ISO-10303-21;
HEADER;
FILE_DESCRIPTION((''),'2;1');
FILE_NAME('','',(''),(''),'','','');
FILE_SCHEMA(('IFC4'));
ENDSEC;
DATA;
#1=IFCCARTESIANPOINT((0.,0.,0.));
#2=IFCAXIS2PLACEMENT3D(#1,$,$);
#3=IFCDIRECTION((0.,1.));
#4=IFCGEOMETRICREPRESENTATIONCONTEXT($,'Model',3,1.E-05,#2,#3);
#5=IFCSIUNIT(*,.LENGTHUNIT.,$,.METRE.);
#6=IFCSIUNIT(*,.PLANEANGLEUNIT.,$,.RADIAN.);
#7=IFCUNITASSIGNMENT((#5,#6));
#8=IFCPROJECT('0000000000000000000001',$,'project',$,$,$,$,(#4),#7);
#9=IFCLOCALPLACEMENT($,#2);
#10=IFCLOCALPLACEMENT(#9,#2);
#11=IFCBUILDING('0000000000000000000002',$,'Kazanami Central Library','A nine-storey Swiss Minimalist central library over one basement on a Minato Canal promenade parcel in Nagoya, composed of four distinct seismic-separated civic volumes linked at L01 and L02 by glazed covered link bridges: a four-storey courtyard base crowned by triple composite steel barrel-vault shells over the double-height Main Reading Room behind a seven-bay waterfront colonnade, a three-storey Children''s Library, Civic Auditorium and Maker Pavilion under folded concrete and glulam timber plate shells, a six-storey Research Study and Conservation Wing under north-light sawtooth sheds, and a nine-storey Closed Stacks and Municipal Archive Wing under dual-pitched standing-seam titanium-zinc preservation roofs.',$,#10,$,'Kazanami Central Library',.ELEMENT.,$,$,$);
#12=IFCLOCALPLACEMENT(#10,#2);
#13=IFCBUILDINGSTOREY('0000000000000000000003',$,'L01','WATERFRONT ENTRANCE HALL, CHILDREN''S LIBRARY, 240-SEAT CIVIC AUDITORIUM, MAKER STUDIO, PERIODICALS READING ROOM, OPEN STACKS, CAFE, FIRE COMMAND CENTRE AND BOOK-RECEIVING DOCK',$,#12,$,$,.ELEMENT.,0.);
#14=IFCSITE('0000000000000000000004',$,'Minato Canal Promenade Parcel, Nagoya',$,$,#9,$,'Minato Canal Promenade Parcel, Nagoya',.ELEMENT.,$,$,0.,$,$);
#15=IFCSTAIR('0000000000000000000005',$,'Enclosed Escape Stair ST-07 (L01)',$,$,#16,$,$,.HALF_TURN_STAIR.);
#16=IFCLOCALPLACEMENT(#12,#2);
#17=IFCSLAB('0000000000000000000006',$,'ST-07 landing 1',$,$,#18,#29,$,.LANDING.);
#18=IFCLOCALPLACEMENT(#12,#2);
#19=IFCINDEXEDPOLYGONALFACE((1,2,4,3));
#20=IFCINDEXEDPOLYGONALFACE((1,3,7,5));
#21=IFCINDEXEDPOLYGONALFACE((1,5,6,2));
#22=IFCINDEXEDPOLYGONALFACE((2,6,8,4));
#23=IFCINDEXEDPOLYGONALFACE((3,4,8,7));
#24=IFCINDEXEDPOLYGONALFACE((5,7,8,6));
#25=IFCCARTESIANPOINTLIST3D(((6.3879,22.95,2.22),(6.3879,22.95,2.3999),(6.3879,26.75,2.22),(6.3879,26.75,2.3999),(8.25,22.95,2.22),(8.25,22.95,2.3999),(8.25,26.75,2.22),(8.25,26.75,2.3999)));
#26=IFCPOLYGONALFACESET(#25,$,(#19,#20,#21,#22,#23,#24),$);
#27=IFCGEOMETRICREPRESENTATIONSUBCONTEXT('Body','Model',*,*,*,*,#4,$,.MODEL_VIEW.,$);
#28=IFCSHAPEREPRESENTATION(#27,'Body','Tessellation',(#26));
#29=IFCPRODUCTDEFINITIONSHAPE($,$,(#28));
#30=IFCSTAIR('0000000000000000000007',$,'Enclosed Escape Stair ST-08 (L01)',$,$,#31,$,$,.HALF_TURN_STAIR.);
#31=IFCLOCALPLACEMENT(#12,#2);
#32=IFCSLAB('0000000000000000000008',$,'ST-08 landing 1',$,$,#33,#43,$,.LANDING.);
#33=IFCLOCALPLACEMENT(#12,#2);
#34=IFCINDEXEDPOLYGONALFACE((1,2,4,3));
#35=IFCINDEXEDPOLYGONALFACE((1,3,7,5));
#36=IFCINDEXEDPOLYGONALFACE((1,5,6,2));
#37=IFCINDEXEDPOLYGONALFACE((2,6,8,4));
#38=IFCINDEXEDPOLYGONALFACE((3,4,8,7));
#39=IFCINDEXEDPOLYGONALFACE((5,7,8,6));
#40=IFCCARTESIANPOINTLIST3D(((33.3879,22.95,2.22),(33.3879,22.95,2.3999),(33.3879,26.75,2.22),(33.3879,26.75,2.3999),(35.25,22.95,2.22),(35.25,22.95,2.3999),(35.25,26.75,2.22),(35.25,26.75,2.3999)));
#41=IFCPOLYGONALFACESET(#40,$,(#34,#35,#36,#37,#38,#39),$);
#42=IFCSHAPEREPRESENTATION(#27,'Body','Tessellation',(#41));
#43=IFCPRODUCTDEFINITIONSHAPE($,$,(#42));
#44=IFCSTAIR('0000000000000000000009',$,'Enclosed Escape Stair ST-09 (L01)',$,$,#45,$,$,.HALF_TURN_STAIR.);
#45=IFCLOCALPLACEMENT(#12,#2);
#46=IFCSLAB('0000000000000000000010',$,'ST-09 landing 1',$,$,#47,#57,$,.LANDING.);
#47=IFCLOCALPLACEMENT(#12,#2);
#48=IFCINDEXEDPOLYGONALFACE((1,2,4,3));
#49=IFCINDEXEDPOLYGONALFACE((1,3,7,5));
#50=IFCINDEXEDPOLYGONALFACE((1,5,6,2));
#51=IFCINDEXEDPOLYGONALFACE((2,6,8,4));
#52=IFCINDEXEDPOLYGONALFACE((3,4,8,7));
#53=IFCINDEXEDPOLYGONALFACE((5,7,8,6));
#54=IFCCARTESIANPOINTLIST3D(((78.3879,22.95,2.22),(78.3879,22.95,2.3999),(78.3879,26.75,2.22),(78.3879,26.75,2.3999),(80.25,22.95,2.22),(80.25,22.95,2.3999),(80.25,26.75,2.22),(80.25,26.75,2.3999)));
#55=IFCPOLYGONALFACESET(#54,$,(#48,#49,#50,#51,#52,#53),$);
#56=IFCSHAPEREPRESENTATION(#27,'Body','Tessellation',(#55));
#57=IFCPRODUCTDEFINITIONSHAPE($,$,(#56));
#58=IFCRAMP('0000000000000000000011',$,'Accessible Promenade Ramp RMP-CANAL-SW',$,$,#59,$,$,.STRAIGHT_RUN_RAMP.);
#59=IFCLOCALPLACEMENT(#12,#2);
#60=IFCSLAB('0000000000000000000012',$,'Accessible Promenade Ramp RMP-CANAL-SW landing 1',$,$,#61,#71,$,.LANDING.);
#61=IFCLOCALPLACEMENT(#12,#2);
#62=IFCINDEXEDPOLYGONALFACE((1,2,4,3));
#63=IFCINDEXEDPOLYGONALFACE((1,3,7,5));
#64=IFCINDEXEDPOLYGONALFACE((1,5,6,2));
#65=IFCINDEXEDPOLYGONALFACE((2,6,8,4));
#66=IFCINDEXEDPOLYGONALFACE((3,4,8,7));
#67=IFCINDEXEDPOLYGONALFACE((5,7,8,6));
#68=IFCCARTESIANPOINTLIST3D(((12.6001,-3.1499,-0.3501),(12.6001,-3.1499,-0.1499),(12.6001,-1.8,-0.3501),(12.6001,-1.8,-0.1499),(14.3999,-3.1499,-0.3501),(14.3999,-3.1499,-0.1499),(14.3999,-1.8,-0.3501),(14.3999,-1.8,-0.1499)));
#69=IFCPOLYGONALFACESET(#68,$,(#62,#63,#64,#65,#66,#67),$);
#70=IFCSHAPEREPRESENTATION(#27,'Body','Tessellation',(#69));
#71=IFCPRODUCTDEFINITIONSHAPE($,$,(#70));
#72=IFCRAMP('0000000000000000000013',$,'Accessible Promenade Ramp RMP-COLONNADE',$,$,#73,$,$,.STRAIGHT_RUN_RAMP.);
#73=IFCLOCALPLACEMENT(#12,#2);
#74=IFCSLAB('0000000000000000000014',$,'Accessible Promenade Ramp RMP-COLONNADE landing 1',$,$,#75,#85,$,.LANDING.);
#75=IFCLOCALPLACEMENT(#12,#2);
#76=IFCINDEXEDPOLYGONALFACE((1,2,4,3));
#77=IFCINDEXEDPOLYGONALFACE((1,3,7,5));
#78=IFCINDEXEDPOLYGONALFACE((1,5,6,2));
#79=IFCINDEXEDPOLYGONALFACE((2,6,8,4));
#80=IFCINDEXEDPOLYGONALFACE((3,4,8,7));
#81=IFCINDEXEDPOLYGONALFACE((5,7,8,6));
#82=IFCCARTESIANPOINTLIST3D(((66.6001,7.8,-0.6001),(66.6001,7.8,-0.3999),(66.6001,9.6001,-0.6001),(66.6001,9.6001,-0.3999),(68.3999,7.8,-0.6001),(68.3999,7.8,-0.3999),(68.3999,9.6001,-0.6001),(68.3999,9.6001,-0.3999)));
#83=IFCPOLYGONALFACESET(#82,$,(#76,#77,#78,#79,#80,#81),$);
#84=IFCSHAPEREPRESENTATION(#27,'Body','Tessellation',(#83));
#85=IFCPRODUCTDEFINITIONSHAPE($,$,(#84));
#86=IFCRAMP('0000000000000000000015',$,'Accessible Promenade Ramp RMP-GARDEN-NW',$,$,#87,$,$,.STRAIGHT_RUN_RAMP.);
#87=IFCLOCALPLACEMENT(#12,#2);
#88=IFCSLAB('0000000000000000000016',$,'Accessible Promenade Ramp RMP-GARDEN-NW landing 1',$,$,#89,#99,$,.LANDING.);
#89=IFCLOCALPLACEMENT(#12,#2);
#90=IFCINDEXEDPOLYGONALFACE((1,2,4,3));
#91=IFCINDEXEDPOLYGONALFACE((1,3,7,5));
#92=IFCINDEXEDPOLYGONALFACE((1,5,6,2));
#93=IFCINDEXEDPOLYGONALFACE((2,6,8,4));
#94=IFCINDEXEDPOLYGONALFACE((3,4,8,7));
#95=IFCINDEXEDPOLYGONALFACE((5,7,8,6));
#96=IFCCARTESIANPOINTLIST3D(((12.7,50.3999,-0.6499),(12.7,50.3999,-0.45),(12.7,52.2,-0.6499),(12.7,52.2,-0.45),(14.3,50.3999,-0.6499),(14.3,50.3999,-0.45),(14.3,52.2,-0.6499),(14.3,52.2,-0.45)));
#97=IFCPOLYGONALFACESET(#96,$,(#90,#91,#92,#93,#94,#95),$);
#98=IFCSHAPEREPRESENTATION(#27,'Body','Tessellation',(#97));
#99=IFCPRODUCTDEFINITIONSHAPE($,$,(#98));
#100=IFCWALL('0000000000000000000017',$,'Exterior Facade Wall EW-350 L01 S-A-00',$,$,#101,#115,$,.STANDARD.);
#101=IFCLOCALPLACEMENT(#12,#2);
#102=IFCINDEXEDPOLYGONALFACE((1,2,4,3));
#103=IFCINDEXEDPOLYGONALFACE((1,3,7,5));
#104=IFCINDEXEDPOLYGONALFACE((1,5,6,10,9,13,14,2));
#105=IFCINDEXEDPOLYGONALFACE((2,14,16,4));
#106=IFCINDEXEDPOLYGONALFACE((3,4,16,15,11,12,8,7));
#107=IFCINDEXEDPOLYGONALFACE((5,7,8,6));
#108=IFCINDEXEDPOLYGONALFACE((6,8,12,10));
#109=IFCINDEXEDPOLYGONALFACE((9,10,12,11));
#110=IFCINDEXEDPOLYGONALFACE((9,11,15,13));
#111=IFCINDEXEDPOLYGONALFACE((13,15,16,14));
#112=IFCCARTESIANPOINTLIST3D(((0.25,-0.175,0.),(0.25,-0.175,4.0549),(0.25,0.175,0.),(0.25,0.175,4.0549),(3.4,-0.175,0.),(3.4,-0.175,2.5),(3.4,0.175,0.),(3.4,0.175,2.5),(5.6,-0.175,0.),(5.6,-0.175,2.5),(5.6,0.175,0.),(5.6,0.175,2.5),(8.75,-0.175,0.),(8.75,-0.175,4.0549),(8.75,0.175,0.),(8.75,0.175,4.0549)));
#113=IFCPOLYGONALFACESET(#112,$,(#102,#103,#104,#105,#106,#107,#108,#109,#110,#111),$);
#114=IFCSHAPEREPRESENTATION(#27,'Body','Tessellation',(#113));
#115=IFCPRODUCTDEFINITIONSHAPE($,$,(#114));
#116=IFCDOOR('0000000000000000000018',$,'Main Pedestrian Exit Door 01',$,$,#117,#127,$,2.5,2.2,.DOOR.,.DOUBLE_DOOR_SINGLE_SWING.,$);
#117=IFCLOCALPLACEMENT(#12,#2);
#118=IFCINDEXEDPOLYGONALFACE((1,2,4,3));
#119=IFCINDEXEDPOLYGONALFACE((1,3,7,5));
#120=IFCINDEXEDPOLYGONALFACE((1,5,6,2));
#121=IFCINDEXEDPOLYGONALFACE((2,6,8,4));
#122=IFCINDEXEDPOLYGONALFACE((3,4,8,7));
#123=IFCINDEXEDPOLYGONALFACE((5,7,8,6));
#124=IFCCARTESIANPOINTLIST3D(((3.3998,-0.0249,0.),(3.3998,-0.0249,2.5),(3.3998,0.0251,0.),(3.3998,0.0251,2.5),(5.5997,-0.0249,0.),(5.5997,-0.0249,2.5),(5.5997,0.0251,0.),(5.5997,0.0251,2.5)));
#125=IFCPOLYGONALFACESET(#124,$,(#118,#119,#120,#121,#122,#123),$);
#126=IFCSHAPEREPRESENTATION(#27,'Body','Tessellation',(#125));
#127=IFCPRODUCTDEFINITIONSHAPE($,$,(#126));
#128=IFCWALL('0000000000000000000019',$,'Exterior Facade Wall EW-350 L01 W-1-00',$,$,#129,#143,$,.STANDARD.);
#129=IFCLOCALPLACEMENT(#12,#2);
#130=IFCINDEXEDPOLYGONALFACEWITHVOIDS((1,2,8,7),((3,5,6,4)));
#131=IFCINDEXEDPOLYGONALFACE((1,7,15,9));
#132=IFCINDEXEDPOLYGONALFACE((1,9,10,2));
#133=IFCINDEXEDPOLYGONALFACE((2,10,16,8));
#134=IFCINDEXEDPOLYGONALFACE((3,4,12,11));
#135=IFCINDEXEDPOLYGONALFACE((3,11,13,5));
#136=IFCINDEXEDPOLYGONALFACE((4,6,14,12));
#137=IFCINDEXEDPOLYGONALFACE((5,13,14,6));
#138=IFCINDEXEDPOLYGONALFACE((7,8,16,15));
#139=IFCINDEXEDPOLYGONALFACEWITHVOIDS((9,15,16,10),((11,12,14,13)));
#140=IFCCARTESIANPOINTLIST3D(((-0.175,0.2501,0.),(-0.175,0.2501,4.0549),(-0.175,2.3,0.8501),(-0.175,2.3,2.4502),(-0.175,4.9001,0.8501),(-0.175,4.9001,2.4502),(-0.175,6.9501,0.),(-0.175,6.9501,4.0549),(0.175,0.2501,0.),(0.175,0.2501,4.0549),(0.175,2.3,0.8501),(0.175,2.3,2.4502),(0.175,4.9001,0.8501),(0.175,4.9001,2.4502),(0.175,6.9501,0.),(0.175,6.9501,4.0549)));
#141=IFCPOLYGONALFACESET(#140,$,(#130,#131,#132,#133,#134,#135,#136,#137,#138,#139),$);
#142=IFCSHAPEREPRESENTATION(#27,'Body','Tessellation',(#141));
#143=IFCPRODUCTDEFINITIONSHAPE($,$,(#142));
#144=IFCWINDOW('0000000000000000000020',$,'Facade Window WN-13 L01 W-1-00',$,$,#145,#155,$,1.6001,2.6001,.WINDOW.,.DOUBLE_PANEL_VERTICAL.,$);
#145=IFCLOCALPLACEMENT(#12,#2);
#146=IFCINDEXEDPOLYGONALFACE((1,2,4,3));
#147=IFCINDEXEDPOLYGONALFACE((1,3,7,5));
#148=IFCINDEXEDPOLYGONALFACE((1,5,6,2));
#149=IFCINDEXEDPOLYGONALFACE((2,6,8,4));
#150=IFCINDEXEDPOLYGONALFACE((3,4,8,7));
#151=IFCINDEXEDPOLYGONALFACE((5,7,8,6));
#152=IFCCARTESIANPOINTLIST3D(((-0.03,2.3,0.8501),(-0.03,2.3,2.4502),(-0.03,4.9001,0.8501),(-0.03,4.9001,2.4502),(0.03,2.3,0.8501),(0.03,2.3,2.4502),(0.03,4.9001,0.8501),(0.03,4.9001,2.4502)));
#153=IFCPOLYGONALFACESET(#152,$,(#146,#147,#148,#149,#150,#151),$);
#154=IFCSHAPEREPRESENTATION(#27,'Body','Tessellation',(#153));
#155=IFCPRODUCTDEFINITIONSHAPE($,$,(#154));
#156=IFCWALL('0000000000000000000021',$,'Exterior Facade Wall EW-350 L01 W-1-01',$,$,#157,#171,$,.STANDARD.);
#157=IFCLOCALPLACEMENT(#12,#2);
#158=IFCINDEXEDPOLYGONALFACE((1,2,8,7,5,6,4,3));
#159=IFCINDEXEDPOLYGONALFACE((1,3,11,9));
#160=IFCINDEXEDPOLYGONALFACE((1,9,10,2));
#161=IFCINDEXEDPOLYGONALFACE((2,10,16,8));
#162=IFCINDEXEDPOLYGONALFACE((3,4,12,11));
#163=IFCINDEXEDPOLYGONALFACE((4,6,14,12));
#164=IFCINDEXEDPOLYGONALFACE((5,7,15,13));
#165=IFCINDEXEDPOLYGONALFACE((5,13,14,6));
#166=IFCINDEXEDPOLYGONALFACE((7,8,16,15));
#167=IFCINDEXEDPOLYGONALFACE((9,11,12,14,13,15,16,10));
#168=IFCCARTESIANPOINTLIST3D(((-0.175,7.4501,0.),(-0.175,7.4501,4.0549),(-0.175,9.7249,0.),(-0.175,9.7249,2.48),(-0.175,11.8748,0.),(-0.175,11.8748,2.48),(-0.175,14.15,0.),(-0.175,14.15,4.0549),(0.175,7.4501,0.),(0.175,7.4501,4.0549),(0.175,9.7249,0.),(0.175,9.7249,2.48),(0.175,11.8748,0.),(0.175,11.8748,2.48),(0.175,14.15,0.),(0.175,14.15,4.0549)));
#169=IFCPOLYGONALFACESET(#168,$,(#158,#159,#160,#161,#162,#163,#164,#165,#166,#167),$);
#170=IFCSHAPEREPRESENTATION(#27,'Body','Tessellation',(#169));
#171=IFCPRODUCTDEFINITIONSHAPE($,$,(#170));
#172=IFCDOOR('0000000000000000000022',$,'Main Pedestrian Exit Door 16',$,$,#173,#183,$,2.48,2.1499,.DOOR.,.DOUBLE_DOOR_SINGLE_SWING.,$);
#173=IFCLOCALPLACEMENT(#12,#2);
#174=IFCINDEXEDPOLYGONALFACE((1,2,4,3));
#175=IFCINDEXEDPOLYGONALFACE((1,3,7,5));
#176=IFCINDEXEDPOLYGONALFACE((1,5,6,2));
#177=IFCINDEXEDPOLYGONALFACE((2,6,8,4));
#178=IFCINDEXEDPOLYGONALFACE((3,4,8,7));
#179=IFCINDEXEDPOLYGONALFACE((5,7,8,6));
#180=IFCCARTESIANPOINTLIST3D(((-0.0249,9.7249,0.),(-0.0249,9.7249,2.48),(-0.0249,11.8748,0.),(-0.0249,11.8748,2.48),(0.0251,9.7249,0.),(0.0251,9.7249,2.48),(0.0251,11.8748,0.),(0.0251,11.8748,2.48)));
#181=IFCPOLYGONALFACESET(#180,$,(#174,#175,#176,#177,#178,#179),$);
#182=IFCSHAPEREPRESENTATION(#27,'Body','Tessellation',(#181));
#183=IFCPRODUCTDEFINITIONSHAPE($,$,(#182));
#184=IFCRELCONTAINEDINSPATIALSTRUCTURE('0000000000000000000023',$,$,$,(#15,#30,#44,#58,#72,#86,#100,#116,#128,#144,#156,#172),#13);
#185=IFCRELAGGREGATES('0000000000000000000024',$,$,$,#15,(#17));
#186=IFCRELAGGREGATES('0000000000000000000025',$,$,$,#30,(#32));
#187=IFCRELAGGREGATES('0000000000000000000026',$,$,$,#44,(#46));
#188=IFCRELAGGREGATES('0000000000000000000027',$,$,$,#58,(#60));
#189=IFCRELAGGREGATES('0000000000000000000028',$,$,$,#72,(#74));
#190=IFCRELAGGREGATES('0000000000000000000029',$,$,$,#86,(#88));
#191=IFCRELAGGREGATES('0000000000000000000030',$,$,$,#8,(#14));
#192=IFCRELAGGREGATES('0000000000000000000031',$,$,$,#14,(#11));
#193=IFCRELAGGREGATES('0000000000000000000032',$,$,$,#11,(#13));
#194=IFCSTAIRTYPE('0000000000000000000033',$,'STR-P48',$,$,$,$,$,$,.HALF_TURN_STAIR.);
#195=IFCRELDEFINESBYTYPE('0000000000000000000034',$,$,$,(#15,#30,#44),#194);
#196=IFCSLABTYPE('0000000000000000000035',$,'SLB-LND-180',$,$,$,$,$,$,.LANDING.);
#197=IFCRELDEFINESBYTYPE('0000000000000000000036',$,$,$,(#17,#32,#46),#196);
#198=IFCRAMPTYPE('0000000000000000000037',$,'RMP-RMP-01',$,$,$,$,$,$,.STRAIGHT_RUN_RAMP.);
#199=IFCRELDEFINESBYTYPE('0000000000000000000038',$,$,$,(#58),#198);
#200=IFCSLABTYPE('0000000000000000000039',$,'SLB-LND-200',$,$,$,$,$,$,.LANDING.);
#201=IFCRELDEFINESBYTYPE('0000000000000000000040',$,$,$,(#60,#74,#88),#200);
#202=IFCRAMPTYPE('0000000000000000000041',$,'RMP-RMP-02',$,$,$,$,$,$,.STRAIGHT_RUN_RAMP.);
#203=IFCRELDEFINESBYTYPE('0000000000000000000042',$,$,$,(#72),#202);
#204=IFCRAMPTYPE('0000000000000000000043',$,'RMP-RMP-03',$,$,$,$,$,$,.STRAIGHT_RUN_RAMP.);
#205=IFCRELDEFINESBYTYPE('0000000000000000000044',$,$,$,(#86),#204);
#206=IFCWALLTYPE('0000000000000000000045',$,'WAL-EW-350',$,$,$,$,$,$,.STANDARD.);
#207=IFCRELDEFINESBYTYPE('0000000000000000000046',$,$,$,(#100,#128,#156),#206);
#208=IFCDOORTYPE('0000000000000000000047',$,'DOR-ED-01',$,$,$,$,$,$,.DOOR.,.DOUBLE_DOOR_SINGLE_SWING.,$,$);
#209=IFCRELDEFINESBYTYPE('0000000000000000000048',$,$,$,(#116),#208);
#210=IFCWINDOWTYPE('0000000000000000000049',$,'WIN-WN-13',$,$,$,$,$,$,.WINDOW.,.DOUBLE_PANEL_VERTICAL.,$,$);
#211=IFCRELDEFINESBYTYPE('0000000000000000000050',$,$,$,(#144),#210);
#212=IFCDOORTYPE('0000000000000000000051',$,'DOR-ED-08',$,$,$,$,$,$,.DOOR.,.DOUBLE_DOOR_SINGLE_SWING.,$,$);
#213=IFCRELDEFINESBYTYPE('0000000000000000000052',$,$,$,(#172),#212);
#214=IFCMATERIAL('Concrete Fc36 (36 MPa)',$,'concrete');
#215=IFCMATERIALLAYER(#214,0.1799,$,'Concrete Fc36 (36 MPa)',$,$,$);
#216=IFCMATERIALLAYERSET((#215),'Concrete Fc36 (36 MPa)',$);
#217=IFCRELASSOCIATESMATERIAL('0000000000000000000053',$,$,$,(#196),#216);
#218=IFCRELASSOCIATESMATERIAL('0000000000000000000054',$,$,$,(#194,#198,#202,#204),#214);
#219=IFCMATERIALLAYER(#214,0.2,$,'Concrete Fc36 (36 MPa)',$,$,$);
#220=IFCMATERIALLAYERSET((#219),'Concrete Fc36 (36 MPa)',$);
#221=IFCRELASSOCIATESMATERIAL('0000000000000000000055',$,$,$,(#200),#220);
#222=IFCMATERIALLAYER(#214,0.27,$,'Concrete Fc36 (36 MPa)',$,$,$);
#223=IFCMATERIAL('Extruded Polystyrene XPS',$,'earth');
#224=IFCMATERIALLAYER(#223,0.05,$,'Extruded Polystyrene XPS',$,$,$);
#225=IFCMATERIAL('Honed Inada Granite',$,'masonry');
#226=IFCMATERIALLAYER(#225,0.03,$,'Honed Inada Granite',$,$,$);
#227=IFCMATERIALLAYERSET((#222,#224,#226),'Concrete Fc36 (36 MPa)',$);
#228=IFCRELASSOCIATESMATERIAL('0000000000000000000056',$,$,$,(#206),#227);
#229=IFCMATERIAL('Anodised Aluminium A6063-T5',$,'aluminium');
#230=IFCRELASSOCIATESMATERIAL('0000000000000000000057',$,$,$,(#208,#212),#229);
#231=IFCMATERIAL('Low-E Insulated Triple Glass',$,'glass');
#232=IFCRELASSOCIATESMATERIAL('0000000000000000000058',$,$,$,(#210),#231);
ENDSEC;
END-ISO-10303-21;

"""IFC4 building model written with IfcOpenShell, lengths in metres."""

from ifc_helpers import new_model, si_unit, direction, frame, frame_2d, origin, place, context, subcontext, project, spatial, polyline, rectangle, outline, extrude, material, layer, layer_set, type_object, element, fill, aggregate, save


model = new_model("IFC4")

# Units and contexts
model_context = context("Model", 3, precision=1e-05, world=origin(), true_north=direction((0.0, 1.0)))
body_context = subcontext(model_context, "Body", "Model", "MODEL_VIEW")
ifc_project = project(units=[si_unit("LENGTHUNIT", "METRE"), si_unit("PLANEANGLEUNIT", "RADIAN")], contexts=[model_context])

# Site, building, storey
site_placement = place(None, origin())
site = spatial("IfcSite", under=ifc_project, at=site_placement, Name="Minato Canal Promenade Parcel, Nagoya", LongName="Minato Canal Promenade Parcel, Nagoya", CompositionType="ELEMENT", RefElevation=0.0)
building_placement = place(site_placement, origin())
building = spatial("IfcBuilding", under=site, at=building_placement, Name="Kazanami Central Library", Description="A nine-storey Swiss Minimalist central library over one basement on a Minato Canal promenade parcel in Nagoya, composed of four distinct seismic-separated civic volumes linked at L01 and L02 by glazed covered link bridges: a four-storey courtyard base crowned by triple composite steel barrel-vault shells over the double-height Main Reading Room behind a seven-bay waterfront colonnade, a three-storey Children's Library, Civic Auditorium and Maker Pavilion under folded concrete and glulam timber plate shells, a six-storey Research Study and Conservation Wing under north-light sawtooth sheds, and a nine-storey Closed Stacks and Municipal Archive Wing under dual-pitched standing-seam titanium-zinc preservation roofs.", LongName="Kazanami Central Library", CompositionType="ELEMENT")
storey_placement = place(building_placement, origin())
storey = spatial("IfcBuildingStorey", under=building, at=storey_placement, Name="L01", Description="WATERFRONT ENTRANCE HALL, CHILDREN'S LIBRARY, 240-SEAT CIVIC AUDITORIUM, MAKER STUDIO, PERIODICALS READING ROOM, OPEN STACKS, CAFE, FIRE COMMAND CENTRE AND BOOK-RECEIVING DOCK", CompositionType="ELEMENT", Elevation=0.0)

# Stairs, slabs
ifc_material_1 = material(Name="Concrete Fc36 (36 MPa)", Category="concrete")
ifc_layer_1 = layer(ifc_material_1, 0.1799, Name="Concrete Fc36 (36 MPa)")
ifc_layer_set_1 = layer_set([ifc_layer_1], Name="Concrete Fc36 (36 MPa)")
slab_type_1 = type_object("IfcSlabType", Name="SLB-LND-180", PredefinedType="LANDING", material=ifc_layer_set_1)
stair_type_1 = type_object("IfcStairType", Name="STR-P48", PredefinedType="HALF_TURN_STAIR", material=ifc_material_1)
stair_1_placement = place(storey_placement, origin())
stair_1 = element("IfcStair", 1, at=stair_1_placement, inside=storey, type_object=stair_type_1, Name="Enclosed Escape Stair ST-07 (L01)", PredefinedType="HALF_TURN_STAIR")
slab_1_placement = place(storey_placement, frame((0.0, 0.0, 2.22)))
slab_1 = element("IfcSlab", 2, at=slab_1_placement, type_object=slab_type_1, Name="ST-07 landing 1", PredefinedType="LANDING", context=body_context, shape_type="SweptSolid", body=[
    extrude(outline(polyline([(6.3879, 22.95), (8.25, 22.95), (8.25, 26.75), (6.3879, 26.75), (6.3879, 22.95)])), origin(), (0.0, 0.0, 1.0), 0.1799),
])
aggregate(stair_1, [slab_1])
stair_2_placement = place(storey_placement, origin())
stair_2 = element("IfcStair", 3, at=stair_2_placement, inside=storey, type_object=stair_type_1, Name="Enclosed Escape Stair ST-08 (L01)", PredefinedType="HALF_TURN_STAIR")
slab_2_placement = place(storey_placement, frame((0.0, 0.0, 2.22)))
slab_2 = element("IfcSlab", 4, at=slab_2_placement, type_object=slab_type_1, Name="ST-08 landing 1", PredefinedType="LANDING", context=body_context, shape_type="SweptSolid", body=[
    extrude(outline(polyline([(33.3879, 22.95), (35.25, 22.95), (35.25, 26.75), (33.3879, 26.75), (33.3879, 22.95)])), origin(), (0.0, 0.0, 1.0), 0.1799),
])
aggregate(stair_2, [slab_2])
stair_3_placement = place(storey_placement, origin())
stair_3 = element("IfcStair", 5, at=stair_3_placement, inside=storey, type_object=stair_type_1, Name="Enclosed Escape Stair ST-09 (L01)", PredefinedType="HALF_TURN_STAIR")
slab_3_placement = place(storey_placement, frame((0.0, 0.0, 2.22)))
slab_3 = element("IfcSlab", 6, at=slab_3_placement, type_object=slab_type_1, Name="ST-09 landing 1", PredefinedType="LANDING", context=body_context, shape_type="SweptSolid", body=[
    extrude(outline(polyline([(78.3879, 22.95), (80.25, 22.95), (80.25, 26.75), (78.3879, 26.75), (78.3879, 22.95)])), origin(), (0.0, 0.0, 1.0), 0.1799),
])
aggregate(stair_3, [slab_3])

# Ramps, slabs
ramp_type_1 = type_object("IfcRampType", Name="RMP-RMP-01", PredefinedType="STRAIGHT_RUN_RAMP", material=ifc_material_1)
ramp_1_placement = place(storey_placement, origin())
ramp_1 = element("IfcRamp", 7, at=ramp_1_placement, inside=storey, type_object=ramp_type_1, Name="Accessible Promenade Ramp RMP-CANAL-SW", PredefinedType="STRAIGHT_RUN_RAMP")
ifc_layer_2 = layer(ifc_material_1, 0.2, Name="Concrete Fc36 (36 MPa)")
ifc_layer_set_2 = layer_set([ifc_layer_2], Name="Concrete Fc36 (36 MPa)")
slab_type_2 = type_object("IfcSlabType", Name="SLB-LND-200", PredefinedType="LANDING", material=ifc_layer_set_2)
slab_4_placement = place(storey_placement, frame((0.0, 0.0, -0.3501)))
slab_4 = element("IfcSlab", 8, at=slab_4_placement, type_object=slab_type_2, Name="Accessible Promenade Ramp RMP-CANAL-SW landing 1", PredefinedType="LANDING", context=body_context, shape_type="SweptSolid", body=[
    extrude(outline(polyline([(12.6001, -3.1499), (14.3999, -3.1499), (14.3999, -1.8), (12.6001, -1.8), (12.6001, -3.1499)])), origin(), (0.0, 0.0, 1.0), 0.2002),
])
aggregate(ramp_1, [slab_4])
ramp_type_2 = type_object("IfcRampType", Name="RMP-RMP-02", PredefinedType="STRAIGHT_RUN_RAMP", material=ifc_material_1)
ramp_2_placement = place(storey_placement, origin())
ramp_2 = element("IfcRamp", 9, at=ramp_2_placement, inside=storey, type_object=ramp_type_2, Name="Accessible Promenade Ramp RMP-COLONNADE", PredefinedType="STRAIGHT_RUN_RAMP")
slab_5_placement = place(storey_placement, frame((0.0, 0.0, -0.6001)))
slab_5 = element("IfcSlab", 10, at=slab_5_placement, type_object=slab_type_2, Name="Accessible Promenade Ramp RMP-COLONNADE landing 1", PredefinedType="LANDING", context=body_context, shape_type="SweptSolid", body=[
    extrude(outline(polyline([(66.6001, 7.8), (68.3999, 7.8), (68.3999, 9.6001), (66.6001, 9.6001), (66.6001, 7.8)])), origin(), (0.0, 0.0, 1.0), 0.2002),
])
aggregate(ramp_2, [slab_5])
ramp_type_3 = type_object("IfcRampType", Name="RMP-RMP-03", PredefinedType="STRAIGHT_RUN_RAMP", material=ifc_material_1)
ramp_3_placement = place(storey_placement, origin())
ramp_3 = element("IfcRamp", 11, at=ramp_3_placement, inside=storey, type_object=ramp_type_3, Name="Accessible Promenade Ramp RMP-GARDEN-NW", PredefinedType="STRAIGHT_RUN_RAMP")
slab_6_placement = place(storey_placement, frame((0.0, 0.0, -0.6499)))
slab_6 = element("IfcSlab", 12, at=slab_6_placement, type_object=slab_type_2, Name="Accessible Promenade Ramp RMP-GARDEN-NW landing 1", PredefinedType="LANDING", context=body_context, shape_type="SweptSolid", body=[
    extrude(outline(polyline([(12.7, 50.3999), (14.3, 50.3999), (14.3, 52.2), (12.7, 52.2), (12.7, 50.3999)])), origin(), (0.0, 0.0, 1.0), 0.2),
])
aggregate(ramp_3, [slab_6])

# Wall, opening, door
ifc_layer_3 = layer(ifc_material_1, 0.27, Name="Concrete Fc36 (36 MPa)")
ifc_material_2 = material(Name="Extruded Polystyrene XPS", Category="earth")
ifc_layer_4 = layer(ifc_material_2, 0.05, Name="Extruded Polystyrene XPS")
ifc_material_3 = material(Name="Honed Inada Granite", Category="masonry")
ifc_layer_5 = layer(ifc_material_3, 0.03, Name="Honed Inada Granite")
ifc_layer_set_3 = layer_set([ifc_layer_3, ifc_layer_4, ifc_layer_5], Name="Concrete Fc36 (36 MPa)")
wall_type = type_object("IfcWallType", Name="WAL-EW-350", PredefinedType="STANDARD", material=ifc_layer_set_3)
wall_1_placement = place(storey_placement, frame((0.25, 0.0, 0.0), z_axis=(0.0, 0.0, 1.0), x_axis=(1.0, 0.0, 0.0)))
wall_1 = element("IfcWall", 13, at=wall_1_placement, inside=storey, type_object=wall_type, Name="Exterior Facade Wall EW-350 L01 S-A-00", PredefinedType="STANDARD", context=body_context, shape_type="SweptSolid", body=[
    extrude(rectangle(XDim=8.5, YDim=0.3501, at=frame_2d((4.25, 0.0))), origin(), (0.0, 0.0, 1.0), 4.0549),
])
opening_1_placement = place(wall_1_placement, frame((3.1499, 0.0, 0.0)))
opening_1 = element("IfcOpeningElement", 14, at=opening_1_placement, cuts=wall_1, PredefinedType="OPENING", context=body_context, shape_type="SweptSolid", body=[
    extrude(rectangle(XDim=2.2, YDim=2.5, at=frame_2d((1.1001, 1.25))), frame((0.0, 0.187, 0.0), z_axis=(0.0, -1.0, 0.0), x_axis=(1.0, 0.0, 0.0)), (0.0, 0.0, 1.0), 0.374),
])
ifc_material_4 = material(Name="Anodised Aluminium A6063-T5", Category="aluminium")
door_type_1 = type_object("IfcDoorType", Name="DOR-ED-01", OperationType="DOUBLE_DOOR_SINGLE_SWING", PredefinedType="DOOR", material=ifc_material_4)
door_1_placement = place(opening_1_placement, frame((2.2, 0.0, 0.0), z_axis=(0.0, 0.0, 1.0), x_axis=(-1.0, 0.0, 0.0)))
door_1 = element("IfcDoor", 15, at=door_1_placement, inside=storey, type_object=door_type_1, Name="Main Pedestrian Exit Door 01", OperationType="DOUBLE_DOOR_SINGLE_SWING", OverallHeight=2.5, OverallWidth=2.2, PredefinedType="DOOR", context=body_context, shape_type="SweptSolid", body=[
    extrude(rectangle(XDim=2.2, YDim=2.5, at=frame_2d((1.1001, 1.25))), frame((0.0, 0.0249, 0.0), z_axis=(0.0, -1.0, 0.0), x_axis=(1.0, 0.0, 0.0)), (0.0, 0.0, 1.0), 0.05),
])
fill(opening_1, door_1)

# Wall, opening, window
wall_2_placement = place(storey_placement, frame((0.0, 0.25, 0.0), z_axis=(0.0, 0.0, 1.0), x_axis=(0.0, 1.0, 0.0)))
wall_2 = element("IfcWall", 16, at=wall_2_placement, inside=storey, type_object=wall_type, Name="Exterior Facade Wall EW-350 L01 W-1-00", PredefinedType="STANDARD", context=body_context, shape_type="SweptSolid", body=[
    extrude(rectangle(XDim=6.7, YDim=0.3501, at=frame_2d((3.3501, 0.0))), origin(), (0.0, 0.0, 1.0), 4.0549),
])
opening_2_placement = place(wall_2_placement, frame((2.05, 0.0, 0.8501)))
opening_2 = element("IfcOpeningElement", 17, at=opening_2_placement, cuts=wall_2, PredefinedType="OPENING", context=body_context, shape_type="SweptSolid", body=[
    extrude(rectangle(XDim=2.6001, YDim=1.6001, at=frame_2d((1.3, 0.8))), frame((0.0, 0.187, 0.0), z_axis=(0.0, -1.0, 0.0), x_axis=(1.0, 0.0, 0.0)), (0.0, 0.0, 1.0), 0.374),
])
ifc_material_5 = material(Name="Low-E Insulated Triple Glass", Category="glass")
window_type = type_object("IfcWindowType", Name="WIN-WN-13", PartitioningType="DOUBLE_PANEL_VERTICAL", PredefinedType="WINDOW", material=ifc_material_5)
window_placement = place(opening_2_placement, origin())
window = element("IfcWindow", 18, at=window_placement, inside=storey, type_object=window_type, Name="Facade Window WN-13 L01 W-1-00", OverallHeight=1.6001, OverallWidth=2.6001, PartitioningType="DOUBLE_PANEL_VERTICAL", PredefinedType="WINDOW", context=body_context, shape_type="SweptSolid", body=[
    extrude(rectangle(XDim=2.6001, YDim=1.6001, at=frame_2d((1.3, 0.8))), frame((0.0, 0.03, 0.0), z_axis=(0.0, -1.0, 0.0), x_axis=(1.0, 0.0, 0.0)), (0.0, 0.0, 1.0), 0.0601),
])
fill(opening_2, window)

# Wall, opening, door
wall_3_placement = place(storey_placement, frame((0.0, 7.45, 0.0), z_axis=(0.0, 0.0, 1.0), x_axis=(0.0, 1.0, 0.0)))
wall_3 = element("IfcWall", 19, at=wall_3_placement, inside=storey, type_object=wall_type, Name="Exterior Facade Wall EW-350 L01 W-1-01", PredefinedType="STANDARD", context=body_context, shape_type="SweptSolid", body=[
    extrude(rectangle(XDim=6.7, YDim=0.3501, at=frame_2d((3.3501, 0.0))), origin(), (0.0, 0.0, 1.0), 4.0549),
])
opening_3_placement = place(wall_3_placement, frame((2.2749, 0.0, 0.0)))
opening_3 = element("IfcOpeningElement", 20, at=opening_3_placement, cuts=wall_3, PredefinedType="OPENING", context=body_context, shape_type="SweptSolid", body=[
    extrude(rectangle(XDim=2.1499, YDim=2.48, at=frame_2d((1.075, 1.24))), frame((0.0, 0.187, 0.0), z_axis=(0.0, -1.0, 0.0), x_axis=(1.0, 0.0, 0.0)), (0.0, 0.0, 1.0), 0.374),
])
door_type_2 = type_object("IfcDoorType", Name="DOR-ED-08", OperationType="DOUBLE_DOOR_SINGLE_SWING", PredefinedType="DOOR", material=ifc_material_4)
door_2_placement = place(opening_3_placement, origin())
door_2 = element("IfcDoor", 21, at=door_2_placement, inside=storey, type_object=door_type_2, Name="Main Pedestrian Exit Door 16", OperationType="DOUBLE_DOOR_SINGLE_SWING", OverallHeight=2.48, OverallWidth=2.1499, PredefinedType="DOOR", context=body_context, shape_type="SweptSolid", body=[
    extrude(rectangle(XDim=2.1499, YDim=2.48, at=frame_2d((1.075, 1.24))), frame((0.0, 0.0249, 0.0), z_axis=(0.0, -1.0, 0.0), x_axis=(1.0, 0.0, 0.0)), (0.0, 0.0, 1.0), 0.05),
])
fill(opening_3, door_2)

save(model, "model.ifc")
